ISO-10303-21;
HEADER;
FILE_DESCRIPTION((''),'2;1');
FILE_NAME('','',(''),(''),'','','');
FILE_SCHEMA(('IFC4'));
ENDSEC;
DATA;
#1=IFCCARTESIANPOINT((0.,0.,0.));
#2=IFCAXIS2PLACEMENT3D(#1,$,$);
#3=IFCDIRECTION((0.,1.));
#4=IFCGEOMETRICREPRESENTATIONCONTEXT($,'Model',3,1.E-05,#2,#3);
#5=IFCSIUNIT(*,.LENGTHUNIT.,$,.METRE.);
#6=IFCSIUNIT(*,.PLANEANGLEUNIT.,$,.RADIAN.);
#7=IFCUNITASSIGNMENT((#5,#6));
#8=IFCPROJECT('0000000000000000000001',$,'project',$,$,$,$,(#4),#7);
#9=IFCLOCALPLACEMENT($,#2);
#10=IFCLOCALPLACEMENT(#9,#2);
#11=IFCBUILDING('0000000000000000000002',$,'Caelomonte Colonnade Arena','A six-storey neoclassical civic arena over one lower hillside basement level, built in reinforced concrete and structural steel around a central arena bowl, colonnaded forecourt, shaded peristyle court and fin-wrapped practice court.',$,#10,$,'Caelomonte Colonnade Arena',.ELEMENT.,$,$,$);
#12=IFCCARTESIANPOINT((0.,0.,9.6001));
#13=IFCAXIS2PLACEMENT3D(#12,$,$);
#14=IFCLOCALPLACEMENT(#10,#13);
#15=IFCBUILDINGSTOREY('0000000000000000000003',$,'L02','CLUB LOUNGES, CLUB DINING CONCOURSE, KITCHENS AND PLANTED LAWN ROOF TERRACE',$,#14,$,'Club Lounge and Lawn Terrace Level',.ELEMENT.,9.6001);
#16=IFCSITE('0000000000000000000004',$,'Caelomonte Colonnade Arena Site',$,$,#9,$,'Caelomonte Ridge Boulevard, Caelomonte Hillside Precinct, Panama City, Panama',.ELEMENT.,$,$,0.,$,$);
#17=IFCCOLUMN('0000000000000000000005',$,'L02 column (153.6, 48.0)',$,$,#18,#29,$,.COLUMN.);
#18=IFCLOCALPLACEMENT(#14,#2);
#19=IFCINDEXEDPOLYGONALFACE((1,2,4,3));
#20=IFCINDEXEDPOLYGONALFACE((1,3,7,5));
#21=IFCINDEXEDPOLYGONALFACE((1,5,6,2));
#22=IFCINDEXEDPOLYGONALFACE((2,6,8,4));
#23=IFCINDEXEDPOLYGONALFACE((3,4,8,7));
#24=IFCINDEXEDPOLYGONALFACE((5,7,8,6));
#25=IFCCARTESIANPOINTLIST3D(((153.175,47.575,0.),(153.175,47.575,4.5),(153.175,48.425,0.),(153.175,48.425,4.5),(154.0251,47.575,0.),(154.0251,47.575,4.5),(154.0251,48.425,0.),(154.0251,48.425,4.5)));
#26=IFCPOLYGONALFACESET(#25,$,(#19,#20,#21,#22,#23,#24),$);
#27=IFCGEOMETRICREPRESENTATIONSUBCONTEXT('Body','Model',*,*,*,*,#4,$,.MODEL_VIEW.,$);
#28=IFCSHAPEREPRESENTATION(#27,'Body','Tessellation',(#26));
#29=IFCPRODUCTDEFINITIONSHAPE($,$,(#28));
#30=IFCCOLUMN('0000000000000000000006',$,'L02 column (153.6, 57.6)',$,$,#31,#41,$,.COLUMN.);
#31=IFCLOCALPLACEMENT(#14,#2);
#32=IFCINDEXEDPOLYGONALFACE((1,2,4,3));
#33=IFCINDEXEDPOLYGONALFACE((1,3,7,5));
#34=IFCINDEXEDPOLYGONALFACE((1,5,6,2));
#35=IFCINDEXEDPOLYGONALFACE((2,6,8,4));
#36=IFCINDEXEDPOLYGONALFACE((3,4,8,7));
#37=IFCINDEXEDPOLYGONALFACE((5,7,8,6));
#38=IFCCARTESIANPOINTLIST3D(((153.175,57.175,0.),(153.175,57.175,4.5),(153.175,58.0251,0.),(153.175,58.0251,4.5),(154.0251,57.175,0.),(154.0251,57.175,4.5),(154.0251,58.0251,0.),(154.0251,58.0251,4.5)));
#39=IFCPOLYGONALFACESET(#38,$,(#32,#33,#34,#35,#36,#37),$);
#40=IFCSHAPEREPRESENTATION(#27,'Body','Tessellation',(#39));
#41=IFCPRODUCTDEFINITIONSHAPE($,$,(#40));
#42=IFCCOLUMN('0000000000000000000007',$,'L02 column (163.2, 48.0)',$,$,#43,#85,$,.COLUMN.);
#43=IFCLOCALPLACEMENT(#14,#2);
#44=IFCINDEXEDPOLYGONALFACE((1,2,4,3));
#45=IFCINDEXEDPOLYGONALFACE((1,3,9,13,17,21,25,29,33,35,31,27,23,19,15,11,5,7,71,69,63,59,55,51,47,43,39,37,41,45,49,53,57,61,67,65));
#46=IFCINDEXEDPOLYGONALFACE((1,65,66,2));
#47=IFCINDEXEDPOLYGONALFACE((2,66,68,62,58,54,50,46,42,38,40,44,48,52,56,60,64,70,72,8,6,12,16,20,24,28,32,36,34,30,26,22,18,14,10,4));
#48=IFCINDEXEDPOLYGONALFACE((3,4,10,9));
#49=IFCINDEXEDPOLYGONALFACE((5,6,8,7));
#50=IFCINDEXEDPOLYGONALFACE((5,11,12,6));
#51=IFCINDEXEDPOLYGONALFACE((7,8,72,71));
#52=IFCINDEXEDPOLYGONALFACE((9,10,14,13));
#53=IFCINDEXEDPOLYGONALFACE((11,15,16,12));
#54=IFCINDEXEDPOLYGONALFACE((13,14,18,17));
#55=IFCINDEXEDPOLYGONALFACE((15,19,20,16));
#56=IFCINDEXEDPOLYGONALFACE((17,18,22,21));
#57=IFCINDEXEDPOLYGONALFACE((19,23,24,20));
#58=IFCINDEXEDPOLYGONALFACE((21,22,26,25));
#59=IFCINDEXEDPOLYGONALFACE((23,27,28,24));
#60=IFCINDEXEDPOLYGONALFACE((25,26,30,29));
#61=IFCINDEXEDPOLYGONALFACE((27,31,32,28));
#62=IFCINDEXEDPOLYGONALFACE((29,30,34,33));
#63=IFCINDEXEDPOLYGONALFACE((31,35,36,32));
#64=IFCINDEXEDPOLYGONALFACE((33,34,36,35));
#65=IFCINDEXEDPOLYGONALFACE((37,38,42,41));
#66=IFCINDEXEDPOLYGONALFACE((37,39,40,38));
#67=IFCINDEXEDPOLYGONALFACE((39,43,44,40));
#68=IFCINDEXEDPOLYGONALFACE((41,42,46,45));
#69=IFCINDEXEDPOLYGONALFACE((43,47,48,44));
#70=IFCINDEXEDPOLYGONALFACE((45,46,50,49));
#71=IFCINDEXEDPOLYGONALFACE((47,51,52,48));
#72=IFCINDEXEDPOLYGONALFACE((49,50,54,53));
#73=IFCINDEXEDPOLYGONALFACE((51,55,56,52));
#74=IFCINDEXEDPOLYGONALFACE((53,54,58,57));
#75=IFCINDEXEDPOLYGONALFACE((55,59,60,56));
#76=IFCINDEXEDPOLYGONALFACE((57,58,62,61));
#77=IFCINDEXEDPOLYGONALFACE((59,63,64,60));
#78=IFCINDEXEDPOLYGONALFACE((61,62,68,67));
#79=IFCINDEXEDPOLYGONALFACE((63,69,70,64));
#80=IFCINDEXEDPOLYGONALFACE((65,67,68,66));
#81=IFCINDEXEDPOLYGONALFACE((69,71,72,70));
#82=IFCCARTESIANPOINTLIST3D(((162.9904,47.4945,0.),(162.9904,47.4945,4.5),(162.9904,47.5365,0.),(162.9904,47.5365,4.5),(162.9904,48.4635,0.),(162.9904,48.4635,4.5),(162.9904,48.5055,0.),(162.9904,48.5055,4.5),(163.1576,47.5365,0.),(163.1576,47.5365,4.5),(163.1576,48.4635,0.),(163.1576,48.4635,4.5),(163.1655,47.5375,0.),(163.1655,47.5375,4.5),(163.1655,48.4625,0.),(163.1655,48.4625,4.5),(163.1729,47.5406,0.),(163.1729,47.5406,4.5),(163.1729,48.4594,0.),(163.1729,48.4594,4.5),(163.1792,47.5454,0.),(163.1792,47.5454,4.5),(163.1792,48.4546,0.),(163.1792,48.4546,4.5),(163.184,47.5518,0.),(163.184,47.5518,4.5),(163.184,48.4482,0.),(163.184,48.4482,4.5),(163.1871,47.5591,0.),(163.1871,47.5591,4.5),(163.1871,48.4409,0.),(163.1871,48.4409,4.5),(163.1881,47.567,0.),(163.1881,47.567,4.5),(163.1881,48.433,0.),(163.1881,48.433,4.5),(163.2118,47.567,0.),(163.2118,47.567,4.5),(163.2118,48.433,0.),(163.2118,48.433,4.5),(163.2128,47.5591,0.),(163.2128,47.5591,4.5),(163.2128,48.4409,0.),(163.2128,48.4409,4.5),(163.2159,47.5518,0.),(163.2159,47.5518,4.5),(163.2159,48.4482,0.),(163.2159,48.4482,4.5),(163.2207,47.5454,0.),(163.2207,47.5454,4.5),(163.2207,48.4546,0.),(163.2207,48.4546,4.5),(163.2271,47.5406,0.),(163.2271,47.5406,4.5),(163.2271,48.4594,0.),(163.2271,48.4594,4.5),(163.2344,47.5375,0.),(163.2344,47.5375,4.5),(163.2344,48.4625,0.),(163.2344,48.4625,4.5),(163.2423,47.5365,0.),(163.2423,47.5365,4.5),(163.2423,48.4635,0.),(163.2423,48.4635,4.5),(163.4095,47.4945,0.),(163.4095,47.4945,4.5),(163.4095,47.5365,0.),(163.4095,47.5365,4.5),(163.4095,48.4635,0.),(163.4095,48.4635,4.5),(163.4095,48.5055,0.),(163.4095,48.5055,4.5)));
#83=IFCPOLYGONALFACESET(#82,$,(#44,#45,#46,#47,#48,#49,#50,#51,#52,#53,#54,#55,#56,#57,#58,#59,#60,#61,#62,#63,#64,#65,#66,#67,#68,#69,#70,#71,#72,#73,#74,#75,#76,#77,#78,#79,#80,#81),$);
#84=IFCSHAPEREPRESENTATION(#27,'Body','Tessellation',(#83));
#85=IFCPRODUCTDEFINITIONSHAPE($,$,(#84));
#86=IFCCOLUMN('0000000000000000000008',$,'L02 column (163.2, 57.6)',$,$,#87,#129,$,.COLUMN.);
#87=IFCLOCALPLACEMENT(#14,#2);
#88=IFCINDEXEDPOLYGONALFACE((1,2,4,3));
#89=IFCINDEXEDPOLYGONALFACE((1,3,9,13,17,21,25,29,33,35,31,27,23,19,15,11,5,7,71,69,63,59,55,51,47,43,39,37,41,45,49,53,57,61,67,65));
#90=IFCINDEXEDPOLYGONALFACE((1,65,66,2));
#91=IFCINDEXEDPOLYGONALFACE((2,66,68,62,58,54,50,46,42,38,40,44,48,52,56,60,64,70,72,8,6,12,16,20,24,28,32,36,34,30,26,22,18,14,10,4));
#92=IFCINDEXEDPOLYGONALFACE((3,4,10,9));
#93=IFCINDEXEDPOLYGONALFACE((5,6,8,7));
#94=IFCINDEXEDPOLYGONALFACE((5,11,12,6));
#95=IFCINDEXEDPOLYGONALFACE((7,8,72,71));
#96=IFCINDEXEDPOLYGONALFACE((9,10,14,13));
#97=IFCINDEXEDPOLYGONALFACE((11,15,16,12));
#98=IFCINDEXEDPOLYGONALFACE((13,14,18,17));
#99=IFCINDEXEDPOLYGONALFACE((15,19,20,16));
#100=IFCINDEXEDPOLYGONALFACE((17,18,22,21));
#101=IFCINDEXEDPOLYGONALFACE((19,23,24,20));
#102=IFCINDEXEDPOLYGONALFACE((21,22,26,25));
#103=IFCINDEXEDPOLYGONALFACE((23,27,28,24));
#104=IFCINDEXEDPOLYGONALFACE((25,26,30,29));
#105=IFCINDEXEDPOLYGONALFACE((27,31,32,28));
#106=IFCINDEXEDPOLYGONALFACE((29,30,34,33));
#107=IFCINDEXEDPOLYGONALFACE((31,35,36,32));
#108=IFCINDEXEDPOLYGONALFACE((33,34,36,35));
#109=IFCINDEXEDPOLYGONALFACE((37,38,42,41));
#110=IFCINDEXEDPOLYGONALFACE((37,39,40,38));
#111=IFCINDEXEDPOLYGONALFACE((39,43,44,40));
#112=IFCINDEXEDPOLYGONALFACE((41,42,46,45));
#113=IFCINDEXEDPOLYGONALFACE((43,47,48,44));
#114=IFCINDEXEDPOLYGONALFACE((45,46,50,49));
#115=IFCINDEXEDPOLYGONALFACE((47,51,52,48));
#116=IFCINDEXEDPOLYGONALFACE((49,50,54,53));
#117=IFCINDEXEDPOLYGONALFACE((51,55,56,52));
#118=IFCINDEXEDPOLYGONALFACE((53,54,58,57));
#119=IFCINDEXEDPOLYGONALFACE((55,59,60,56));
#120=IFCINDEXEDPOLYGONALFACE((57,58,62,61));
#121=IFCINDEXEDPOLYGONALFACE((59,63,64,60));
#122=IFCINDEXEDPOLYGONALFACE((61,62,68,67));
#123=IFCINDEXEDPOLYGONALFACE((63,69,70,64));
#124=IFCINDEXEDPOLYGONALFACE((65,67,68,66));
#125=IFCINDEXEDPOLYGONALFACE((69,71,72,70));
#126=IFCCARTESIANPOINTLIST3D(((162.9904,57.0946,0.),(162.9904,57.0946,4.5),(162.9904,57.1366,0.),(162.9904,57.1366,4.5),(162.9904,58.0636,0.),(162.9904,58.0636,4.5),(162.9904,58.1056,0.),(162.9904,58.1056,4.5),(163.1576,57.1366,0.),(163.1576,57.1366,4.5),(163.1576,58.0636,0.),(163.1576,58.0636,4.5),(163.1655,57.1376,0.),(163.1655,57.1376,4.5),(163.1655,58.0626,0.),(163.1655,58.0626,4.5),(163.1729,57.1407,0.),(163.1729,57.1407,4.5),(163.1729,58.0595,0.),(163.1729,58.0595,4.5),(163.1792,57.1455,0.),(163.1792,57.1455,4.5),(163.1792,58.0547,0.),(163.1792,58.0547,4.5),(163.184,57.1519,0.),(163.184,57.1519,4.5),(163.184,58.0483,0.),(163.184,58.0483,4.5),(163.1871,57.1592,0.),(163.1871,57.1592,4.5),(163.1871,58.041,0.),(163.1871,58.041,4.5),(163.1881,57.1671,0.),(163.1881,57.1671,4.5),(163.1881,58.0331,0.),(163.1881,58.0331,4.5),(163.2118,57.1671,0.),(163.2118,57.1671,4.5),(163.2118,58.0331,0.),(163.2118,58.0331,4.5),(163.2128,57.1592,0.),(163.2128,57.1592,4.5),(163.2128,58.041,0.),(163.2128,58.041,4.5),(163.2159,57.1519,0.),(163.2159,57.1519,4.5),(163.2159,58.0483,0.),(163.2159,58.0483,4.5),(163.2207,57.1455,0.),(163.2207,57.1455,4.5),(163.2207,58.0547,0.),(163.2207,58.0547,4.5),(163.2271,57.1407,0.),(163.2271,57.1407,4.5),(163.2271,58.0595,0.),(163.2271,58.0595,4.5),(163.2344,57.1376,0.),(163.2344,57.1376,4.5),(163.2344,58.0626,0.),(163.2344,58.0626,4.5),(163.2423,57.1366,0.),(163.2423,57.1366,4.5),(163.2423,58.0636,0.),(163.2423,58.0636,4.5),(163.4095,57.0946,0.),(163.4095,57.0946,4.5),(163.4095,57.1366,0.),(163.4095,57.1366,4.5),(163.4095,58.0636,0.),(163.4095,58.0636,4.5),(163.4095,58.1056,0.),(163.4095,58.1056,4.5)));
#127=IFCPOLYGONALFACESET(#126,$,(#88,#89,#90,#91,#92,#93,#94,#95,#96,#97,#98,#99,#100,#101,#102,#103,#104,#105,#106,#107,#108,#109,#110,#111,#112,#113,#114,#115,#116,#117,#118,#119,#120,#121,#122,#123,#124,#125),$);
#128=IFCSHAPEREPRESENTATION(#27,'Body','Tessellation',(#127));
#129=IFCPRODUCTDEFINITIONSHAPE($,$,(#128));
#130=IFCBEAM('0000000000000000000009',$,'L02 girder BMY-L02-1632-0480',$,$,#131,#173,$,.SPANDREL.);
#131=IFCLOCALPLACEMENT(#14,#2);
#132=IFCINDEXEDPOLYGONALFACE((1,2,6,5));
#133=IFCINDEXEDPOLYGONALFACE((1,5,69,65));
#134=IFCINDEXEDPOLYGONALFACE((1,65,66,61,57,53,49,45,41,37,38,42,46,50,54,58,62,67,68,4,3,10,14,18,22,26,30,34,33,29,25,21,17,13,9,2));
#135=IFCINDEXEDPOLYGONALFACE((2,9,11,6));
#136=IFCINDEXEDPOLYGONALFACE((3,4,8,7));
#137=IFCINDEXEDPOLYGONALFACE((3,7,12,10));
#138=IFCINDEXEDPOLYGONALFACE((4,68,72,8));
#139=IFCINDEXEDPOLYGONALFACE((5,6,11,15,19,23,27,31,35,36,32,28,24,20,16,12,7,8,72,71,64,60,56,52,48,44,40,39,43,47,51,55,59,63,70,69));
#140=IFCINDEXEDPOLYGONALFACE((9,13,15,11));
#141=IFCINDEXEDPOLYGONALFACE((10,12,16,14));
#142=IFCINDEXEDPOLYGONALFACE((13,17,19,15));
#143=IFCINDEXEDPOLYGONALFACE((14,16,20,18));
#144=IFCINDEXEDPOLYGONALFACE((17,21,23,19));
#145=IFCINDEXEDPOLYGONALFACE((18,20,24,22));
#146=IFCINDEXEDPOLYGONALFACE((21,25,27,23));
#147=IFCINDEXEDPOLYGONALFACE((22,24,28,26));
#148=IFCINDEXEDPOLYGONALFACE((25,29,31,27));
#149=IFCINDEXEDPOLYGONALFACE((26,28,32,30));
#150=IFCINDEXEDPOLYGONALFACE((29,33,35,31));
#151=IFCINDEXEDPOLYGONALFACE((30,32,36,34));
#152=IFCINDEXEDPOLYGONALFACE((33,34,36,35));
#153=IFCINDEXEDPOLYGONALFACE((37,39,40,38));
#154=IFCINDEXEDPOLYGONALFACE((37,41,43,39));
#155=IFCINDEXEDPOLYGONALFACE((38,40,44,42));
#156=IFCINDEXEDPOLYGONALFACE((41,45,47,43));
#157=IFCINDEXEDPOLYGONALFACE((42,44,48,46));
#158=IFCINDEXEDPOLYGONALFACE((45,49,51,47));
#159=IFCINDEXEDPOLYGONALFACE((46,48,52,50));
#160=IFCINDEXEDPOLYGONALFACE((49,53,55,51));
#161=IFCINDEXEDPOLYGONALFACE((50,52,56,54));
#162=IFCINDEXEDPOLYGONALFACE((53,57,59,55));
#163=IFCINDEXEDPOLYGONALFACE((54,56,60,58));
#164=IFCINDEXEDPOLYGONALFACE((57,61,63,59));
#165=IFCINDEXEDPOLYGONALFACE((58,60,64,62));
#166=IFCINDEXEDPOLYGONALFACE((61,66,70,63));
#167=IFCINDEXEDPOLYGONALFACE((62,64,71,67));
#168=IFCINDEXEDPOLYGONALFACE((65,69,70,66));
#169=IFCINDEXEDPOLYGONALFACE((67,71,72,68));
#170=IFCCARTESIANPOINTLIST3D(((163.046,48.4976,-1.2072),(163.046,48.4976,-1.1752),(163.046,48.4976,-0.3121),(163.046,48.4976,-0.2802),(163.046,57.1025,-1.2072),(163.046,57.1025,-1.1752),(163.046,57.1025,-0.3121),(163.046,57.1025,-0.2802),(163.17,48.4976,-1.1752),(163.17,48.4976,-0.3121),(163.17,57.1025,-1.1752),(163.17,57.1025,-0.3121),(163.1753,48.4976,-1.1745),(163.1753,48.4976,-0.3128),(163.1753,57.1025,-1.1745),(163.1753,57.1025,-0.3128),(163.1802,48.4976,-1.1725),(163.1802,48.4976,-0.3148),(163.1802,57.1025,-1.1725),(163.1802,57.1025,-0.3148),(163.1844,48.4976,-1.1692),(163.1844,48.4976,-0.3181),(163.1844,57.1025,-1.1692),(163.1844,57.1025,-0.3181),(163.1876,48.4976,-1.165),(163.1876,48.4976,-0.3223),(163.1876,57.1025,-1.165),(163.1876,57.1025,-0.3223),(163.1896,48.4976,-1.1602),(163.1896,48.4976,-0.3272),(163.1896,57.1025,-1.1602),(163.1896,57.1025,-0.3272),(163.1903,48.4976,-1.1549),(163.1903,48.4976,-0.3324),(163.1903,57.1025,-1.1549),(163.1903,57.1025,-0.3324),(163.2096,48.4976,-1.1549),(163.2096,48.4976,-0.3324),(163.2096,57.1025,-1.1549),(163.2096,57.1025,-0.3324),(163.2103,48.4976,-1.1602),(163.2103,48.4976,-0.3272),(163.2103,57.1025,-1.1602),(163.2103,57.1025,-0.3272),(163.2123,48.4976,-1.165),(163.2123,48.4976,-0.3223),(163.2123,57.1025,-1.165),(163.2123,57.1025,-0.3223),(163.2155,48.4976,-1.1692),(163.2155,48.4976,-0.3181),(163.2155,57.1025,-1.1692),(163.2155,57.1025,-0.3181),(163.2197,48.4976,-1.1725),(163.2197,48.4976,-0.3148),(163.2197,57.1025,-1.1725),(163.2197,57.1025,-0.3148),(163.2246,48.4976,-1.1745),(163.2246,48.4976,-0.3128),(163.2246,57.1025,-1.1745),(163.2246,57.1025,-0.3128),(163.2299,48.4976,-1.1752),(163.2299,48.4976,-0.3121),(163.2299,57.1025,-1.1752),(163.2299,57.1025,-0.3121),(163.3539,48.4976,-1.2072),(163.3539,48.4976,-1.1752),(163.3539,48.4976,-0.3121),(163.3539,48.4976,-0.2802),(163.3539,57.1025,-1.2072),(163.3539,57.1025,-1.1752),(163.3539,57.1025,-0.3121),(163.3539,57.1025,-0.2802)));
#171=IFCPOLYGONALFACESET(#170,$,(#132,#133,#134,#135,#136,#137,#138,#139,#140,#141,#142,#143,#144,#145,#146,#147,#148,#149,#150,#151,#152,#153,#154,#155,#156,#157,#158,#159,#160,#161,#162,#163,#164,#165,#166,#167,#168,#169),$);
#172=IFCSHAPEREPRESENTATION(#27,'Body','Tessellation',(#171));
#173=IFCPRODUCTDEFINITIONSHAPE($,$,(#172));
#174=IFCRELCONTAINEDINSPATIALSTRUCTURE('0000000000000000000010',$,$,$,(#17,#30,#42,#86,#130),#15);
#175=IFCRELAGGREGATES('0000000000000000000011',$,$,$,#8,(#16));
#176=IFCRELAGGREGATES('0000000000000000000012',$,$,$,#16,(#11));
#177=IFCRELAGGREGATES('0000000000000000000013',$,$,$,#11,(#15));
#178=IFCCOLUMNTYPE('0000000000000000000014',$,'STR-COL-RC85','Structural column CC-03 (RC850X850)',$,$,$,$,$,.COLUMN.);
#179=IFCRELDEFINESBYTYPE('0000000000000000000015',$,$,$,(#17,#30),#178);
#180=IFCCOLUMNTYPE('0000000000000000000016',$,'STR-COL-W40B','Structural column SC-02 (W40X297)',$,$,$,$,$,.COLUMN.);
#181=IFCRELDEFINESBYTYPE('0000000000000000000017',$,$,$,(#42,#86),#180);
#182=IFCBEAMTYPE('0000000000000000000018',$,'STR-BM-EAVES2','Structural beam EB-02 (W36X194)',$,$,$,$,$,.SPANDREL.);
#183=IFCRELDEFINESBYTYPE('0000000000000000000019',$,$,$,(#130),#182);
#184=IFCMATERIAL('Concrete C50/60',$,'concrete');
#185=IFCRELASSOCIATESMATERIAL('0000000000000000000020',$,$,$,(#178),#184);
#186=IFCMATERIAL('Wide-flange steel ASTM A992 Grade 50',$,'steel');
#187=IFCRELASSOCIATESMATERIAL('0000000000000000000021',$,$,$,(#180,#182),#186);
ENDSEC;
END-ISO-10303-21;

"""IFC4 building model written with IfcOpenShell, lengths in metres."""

from ifc_helpers import new_model, si_unit, direction, frame, origin, origin_2d, place, context, subcontext, project, spatial, rectangle, i_section, extrude, material, material_profile, profile_set, type_object, element, save


model = new_model("IFC4")

# Units and contexts
model_context = context("Model", 3, precision=1e-05, world=origin(), true_north=direction((0.0, 1.0)))
body_context = subcontext(model_context, "Body", "Model", "MODEL_VIEW")
ifc_project = project(units=[si_unit("LENGTHUNIT", "METRE"), si_unit("PLANEANGLEUNIT", "RADIAN")], contexts=[model_context])

# Site, building, storey
site_placement = place(None, origin())
site = spatial("IfcSite", under=ifc_project, at=site_placement, Name="Caelomonte Colonnade Arena Site", LongName="Caelomonte Ridge Boulevard, Caelomonte Hillside Precinct, Panama City, Panama", CompositionType="ELEMENT", RefElevation=0.0)
building_placement = place(site_placement, origin())
building = spatial("IfcBuilding", under=site, at=building_placement, Name="Caelomonte Colonnade Arena", Description="A six-storey neoclassical civic arena over one lower hillside basement level, built in reinforced concrete and structural steel around a central arena bowl, colonnaded forecourt, shaded peristyle court and fin-wrapped practice court.", LongName="Caelomonte Colonnade Arena", CompositionType="ELEMENT")
storey_placement = place(building_placement, frame((0.0, 0.0, 9.6001)))
storey = spatial("IfcBuildingStorey", under=building, at=storey_placement, Name="L02", Description="CLUB LOUNGES, CLUB DINING CONCOURSE, KITCHENS AND PLANTED LAWN ROOF TERRACE", LongName="Club Lounge and Lawn Terrace Level", CompositionType="ELEMENT", Elevation=9.6001)

# Columns
ifc_material_1 = material(Name="Concrete C50/60", Category="concrete")
ifc_material_profile_1 = material_profile(ifc_material_1, rectangle(XDim=0.8501, YDim=0.8501, at=origin_2d()), Name="RC850X850")
ifc_profile_set_1 = profile_set([ifc_material_profile_1], Name="Concrete C50/60")
column_type_1 = type_object("IfcColumnType", Name="STR-COL-RC85", Description="Structural column CC-03 (RC850X850)", PredefinedType="COLUMN", material=ifc_profile_set_1)
for number, where, z_axis, x_axis, name in (
    (1, (153.6001, 48.0, 0.0), (0.0, 0.0, 1.0), (1.0, 0.0, 0.0), "L02 column (153.6, 48.0)"),
    (2, (153.6001, 57.6001, 0.0), (0.0, 0.0, 1.0), (1.0, 0.0, 0.0), "L02 column (153.6, 57.6)"),
):
    element("IfcColumn", number, at=place(storey_placement, frame(where, z_axis=z_axis, x_axis=x_axis)), inside=storey, type_object=column_type_1, Name=name, PredefinedType="COLUMN", context=body_context, shape_type="SweptSolid", body=[
        extrude(rectangle(XDim=0.8501, YDim=0.8501, at=origin_2d()), origin(), (0.0, 0.0, 1.0), 4.5),
    ])
ifc_material_2 = material(Name="Wide-flange steel ASTM A992 Grade 50", Category="steel")
ifc_material_profile_2 = material_profile(ifc_material_2, i_section(OverallWidth=0.4192, OverallDepth=1.011, WebThickness=0.0237, FlangeThickness=0.042, FilletRadius=0.0305, at=origin_2d()), Name="W40X297")
ifc_profile_set_2 = profile_set([ifc_material_profile_2], Name="Wide-flange steel ASTM A992 Grade 50")
column_type_2 = type_object("IfcColumnType", Name="STR-COL-W40B", Description="Structural column SC-02 (W40X297)", PredefinedType="COLUMN", material=ifc_profile_set_2)
for number, where, z_axis, x_axis, name in (
    (3, (163.2, 48.0, 0.0), (0.0, 0.0, 1.0), (1.0, 0.0, 0.0), "L02 column (163.2, 48.0)"),
    (4, (163.2, 57.6001, 0.0), (0.0, 0.0, 1.0), (1.0, 0.0, 0.0), "L02 column (163.2, 57.6)"),
):
    element("IfcColumn", number, at=place(storey_placement, frame(where, z_axis=z_axis, x_axis=x_axis)), inside=storey, type_object=column_type_2, Name=name, PredefinedType="COLUMN", context=body_context, shape_type="SweptSolid", body=[
        extrude(i_section(OverallWidth=0.4192, OverallDepth=1.011, WebThickness=0.0237, FlangeThickness=0.042, FilletRadius=0.0305, at=origin_2d()), origin(), (0.0, 0.0, 1.0), 4.5),
    ])

# Beam
ifc_material_profile_3 = material_profile(ifc_material_2, i_section(OverallWidth=0.3079, OverallDepth=0.927, WebThickness=0.0193, FlangeThickness=0.032, FilletRadius=0.0203, at=origin_2d()), Name="W36X194")
ifc_profile_set_3 = profile_set([ifc_material_profile_3], Name="Wide-flange steel ASTM A992 Grade 50")
beam_type_1 = type_object("IfcBeamType", Name="STR-BM-EAVES2", Description="Structural beam EB-02 (W36X194)", PredefinedType="SPANDREL", material=ifc_profile_set_3)
beam_1_placement = place(storey_placement, frame((163.2, 48.4976, -0.7437), z_axis=(0.0, 1.0, 0.0), x_axis=(-1.0, 0.0, 0.0)))
element("IfcBeam", 5, at=beam_1_placement, inside=storey, type_object=beam_type_1, Name="L02 girder BMY-L02-1632-0480", PredefinedType="SPANDREL", context=body_context, shape_type="SweptSolid", body=[
    extrude(i_section(OverallWidth=0.3079, OverallDepth=0.927, WebThickness=0.0193, FlangeThickness=0.032, FilletRadius=0.0203, at=origin_2d()), origin(), (0.0, 0.0, 1.0), 8.605),
])

save(model, "model.ifc")
